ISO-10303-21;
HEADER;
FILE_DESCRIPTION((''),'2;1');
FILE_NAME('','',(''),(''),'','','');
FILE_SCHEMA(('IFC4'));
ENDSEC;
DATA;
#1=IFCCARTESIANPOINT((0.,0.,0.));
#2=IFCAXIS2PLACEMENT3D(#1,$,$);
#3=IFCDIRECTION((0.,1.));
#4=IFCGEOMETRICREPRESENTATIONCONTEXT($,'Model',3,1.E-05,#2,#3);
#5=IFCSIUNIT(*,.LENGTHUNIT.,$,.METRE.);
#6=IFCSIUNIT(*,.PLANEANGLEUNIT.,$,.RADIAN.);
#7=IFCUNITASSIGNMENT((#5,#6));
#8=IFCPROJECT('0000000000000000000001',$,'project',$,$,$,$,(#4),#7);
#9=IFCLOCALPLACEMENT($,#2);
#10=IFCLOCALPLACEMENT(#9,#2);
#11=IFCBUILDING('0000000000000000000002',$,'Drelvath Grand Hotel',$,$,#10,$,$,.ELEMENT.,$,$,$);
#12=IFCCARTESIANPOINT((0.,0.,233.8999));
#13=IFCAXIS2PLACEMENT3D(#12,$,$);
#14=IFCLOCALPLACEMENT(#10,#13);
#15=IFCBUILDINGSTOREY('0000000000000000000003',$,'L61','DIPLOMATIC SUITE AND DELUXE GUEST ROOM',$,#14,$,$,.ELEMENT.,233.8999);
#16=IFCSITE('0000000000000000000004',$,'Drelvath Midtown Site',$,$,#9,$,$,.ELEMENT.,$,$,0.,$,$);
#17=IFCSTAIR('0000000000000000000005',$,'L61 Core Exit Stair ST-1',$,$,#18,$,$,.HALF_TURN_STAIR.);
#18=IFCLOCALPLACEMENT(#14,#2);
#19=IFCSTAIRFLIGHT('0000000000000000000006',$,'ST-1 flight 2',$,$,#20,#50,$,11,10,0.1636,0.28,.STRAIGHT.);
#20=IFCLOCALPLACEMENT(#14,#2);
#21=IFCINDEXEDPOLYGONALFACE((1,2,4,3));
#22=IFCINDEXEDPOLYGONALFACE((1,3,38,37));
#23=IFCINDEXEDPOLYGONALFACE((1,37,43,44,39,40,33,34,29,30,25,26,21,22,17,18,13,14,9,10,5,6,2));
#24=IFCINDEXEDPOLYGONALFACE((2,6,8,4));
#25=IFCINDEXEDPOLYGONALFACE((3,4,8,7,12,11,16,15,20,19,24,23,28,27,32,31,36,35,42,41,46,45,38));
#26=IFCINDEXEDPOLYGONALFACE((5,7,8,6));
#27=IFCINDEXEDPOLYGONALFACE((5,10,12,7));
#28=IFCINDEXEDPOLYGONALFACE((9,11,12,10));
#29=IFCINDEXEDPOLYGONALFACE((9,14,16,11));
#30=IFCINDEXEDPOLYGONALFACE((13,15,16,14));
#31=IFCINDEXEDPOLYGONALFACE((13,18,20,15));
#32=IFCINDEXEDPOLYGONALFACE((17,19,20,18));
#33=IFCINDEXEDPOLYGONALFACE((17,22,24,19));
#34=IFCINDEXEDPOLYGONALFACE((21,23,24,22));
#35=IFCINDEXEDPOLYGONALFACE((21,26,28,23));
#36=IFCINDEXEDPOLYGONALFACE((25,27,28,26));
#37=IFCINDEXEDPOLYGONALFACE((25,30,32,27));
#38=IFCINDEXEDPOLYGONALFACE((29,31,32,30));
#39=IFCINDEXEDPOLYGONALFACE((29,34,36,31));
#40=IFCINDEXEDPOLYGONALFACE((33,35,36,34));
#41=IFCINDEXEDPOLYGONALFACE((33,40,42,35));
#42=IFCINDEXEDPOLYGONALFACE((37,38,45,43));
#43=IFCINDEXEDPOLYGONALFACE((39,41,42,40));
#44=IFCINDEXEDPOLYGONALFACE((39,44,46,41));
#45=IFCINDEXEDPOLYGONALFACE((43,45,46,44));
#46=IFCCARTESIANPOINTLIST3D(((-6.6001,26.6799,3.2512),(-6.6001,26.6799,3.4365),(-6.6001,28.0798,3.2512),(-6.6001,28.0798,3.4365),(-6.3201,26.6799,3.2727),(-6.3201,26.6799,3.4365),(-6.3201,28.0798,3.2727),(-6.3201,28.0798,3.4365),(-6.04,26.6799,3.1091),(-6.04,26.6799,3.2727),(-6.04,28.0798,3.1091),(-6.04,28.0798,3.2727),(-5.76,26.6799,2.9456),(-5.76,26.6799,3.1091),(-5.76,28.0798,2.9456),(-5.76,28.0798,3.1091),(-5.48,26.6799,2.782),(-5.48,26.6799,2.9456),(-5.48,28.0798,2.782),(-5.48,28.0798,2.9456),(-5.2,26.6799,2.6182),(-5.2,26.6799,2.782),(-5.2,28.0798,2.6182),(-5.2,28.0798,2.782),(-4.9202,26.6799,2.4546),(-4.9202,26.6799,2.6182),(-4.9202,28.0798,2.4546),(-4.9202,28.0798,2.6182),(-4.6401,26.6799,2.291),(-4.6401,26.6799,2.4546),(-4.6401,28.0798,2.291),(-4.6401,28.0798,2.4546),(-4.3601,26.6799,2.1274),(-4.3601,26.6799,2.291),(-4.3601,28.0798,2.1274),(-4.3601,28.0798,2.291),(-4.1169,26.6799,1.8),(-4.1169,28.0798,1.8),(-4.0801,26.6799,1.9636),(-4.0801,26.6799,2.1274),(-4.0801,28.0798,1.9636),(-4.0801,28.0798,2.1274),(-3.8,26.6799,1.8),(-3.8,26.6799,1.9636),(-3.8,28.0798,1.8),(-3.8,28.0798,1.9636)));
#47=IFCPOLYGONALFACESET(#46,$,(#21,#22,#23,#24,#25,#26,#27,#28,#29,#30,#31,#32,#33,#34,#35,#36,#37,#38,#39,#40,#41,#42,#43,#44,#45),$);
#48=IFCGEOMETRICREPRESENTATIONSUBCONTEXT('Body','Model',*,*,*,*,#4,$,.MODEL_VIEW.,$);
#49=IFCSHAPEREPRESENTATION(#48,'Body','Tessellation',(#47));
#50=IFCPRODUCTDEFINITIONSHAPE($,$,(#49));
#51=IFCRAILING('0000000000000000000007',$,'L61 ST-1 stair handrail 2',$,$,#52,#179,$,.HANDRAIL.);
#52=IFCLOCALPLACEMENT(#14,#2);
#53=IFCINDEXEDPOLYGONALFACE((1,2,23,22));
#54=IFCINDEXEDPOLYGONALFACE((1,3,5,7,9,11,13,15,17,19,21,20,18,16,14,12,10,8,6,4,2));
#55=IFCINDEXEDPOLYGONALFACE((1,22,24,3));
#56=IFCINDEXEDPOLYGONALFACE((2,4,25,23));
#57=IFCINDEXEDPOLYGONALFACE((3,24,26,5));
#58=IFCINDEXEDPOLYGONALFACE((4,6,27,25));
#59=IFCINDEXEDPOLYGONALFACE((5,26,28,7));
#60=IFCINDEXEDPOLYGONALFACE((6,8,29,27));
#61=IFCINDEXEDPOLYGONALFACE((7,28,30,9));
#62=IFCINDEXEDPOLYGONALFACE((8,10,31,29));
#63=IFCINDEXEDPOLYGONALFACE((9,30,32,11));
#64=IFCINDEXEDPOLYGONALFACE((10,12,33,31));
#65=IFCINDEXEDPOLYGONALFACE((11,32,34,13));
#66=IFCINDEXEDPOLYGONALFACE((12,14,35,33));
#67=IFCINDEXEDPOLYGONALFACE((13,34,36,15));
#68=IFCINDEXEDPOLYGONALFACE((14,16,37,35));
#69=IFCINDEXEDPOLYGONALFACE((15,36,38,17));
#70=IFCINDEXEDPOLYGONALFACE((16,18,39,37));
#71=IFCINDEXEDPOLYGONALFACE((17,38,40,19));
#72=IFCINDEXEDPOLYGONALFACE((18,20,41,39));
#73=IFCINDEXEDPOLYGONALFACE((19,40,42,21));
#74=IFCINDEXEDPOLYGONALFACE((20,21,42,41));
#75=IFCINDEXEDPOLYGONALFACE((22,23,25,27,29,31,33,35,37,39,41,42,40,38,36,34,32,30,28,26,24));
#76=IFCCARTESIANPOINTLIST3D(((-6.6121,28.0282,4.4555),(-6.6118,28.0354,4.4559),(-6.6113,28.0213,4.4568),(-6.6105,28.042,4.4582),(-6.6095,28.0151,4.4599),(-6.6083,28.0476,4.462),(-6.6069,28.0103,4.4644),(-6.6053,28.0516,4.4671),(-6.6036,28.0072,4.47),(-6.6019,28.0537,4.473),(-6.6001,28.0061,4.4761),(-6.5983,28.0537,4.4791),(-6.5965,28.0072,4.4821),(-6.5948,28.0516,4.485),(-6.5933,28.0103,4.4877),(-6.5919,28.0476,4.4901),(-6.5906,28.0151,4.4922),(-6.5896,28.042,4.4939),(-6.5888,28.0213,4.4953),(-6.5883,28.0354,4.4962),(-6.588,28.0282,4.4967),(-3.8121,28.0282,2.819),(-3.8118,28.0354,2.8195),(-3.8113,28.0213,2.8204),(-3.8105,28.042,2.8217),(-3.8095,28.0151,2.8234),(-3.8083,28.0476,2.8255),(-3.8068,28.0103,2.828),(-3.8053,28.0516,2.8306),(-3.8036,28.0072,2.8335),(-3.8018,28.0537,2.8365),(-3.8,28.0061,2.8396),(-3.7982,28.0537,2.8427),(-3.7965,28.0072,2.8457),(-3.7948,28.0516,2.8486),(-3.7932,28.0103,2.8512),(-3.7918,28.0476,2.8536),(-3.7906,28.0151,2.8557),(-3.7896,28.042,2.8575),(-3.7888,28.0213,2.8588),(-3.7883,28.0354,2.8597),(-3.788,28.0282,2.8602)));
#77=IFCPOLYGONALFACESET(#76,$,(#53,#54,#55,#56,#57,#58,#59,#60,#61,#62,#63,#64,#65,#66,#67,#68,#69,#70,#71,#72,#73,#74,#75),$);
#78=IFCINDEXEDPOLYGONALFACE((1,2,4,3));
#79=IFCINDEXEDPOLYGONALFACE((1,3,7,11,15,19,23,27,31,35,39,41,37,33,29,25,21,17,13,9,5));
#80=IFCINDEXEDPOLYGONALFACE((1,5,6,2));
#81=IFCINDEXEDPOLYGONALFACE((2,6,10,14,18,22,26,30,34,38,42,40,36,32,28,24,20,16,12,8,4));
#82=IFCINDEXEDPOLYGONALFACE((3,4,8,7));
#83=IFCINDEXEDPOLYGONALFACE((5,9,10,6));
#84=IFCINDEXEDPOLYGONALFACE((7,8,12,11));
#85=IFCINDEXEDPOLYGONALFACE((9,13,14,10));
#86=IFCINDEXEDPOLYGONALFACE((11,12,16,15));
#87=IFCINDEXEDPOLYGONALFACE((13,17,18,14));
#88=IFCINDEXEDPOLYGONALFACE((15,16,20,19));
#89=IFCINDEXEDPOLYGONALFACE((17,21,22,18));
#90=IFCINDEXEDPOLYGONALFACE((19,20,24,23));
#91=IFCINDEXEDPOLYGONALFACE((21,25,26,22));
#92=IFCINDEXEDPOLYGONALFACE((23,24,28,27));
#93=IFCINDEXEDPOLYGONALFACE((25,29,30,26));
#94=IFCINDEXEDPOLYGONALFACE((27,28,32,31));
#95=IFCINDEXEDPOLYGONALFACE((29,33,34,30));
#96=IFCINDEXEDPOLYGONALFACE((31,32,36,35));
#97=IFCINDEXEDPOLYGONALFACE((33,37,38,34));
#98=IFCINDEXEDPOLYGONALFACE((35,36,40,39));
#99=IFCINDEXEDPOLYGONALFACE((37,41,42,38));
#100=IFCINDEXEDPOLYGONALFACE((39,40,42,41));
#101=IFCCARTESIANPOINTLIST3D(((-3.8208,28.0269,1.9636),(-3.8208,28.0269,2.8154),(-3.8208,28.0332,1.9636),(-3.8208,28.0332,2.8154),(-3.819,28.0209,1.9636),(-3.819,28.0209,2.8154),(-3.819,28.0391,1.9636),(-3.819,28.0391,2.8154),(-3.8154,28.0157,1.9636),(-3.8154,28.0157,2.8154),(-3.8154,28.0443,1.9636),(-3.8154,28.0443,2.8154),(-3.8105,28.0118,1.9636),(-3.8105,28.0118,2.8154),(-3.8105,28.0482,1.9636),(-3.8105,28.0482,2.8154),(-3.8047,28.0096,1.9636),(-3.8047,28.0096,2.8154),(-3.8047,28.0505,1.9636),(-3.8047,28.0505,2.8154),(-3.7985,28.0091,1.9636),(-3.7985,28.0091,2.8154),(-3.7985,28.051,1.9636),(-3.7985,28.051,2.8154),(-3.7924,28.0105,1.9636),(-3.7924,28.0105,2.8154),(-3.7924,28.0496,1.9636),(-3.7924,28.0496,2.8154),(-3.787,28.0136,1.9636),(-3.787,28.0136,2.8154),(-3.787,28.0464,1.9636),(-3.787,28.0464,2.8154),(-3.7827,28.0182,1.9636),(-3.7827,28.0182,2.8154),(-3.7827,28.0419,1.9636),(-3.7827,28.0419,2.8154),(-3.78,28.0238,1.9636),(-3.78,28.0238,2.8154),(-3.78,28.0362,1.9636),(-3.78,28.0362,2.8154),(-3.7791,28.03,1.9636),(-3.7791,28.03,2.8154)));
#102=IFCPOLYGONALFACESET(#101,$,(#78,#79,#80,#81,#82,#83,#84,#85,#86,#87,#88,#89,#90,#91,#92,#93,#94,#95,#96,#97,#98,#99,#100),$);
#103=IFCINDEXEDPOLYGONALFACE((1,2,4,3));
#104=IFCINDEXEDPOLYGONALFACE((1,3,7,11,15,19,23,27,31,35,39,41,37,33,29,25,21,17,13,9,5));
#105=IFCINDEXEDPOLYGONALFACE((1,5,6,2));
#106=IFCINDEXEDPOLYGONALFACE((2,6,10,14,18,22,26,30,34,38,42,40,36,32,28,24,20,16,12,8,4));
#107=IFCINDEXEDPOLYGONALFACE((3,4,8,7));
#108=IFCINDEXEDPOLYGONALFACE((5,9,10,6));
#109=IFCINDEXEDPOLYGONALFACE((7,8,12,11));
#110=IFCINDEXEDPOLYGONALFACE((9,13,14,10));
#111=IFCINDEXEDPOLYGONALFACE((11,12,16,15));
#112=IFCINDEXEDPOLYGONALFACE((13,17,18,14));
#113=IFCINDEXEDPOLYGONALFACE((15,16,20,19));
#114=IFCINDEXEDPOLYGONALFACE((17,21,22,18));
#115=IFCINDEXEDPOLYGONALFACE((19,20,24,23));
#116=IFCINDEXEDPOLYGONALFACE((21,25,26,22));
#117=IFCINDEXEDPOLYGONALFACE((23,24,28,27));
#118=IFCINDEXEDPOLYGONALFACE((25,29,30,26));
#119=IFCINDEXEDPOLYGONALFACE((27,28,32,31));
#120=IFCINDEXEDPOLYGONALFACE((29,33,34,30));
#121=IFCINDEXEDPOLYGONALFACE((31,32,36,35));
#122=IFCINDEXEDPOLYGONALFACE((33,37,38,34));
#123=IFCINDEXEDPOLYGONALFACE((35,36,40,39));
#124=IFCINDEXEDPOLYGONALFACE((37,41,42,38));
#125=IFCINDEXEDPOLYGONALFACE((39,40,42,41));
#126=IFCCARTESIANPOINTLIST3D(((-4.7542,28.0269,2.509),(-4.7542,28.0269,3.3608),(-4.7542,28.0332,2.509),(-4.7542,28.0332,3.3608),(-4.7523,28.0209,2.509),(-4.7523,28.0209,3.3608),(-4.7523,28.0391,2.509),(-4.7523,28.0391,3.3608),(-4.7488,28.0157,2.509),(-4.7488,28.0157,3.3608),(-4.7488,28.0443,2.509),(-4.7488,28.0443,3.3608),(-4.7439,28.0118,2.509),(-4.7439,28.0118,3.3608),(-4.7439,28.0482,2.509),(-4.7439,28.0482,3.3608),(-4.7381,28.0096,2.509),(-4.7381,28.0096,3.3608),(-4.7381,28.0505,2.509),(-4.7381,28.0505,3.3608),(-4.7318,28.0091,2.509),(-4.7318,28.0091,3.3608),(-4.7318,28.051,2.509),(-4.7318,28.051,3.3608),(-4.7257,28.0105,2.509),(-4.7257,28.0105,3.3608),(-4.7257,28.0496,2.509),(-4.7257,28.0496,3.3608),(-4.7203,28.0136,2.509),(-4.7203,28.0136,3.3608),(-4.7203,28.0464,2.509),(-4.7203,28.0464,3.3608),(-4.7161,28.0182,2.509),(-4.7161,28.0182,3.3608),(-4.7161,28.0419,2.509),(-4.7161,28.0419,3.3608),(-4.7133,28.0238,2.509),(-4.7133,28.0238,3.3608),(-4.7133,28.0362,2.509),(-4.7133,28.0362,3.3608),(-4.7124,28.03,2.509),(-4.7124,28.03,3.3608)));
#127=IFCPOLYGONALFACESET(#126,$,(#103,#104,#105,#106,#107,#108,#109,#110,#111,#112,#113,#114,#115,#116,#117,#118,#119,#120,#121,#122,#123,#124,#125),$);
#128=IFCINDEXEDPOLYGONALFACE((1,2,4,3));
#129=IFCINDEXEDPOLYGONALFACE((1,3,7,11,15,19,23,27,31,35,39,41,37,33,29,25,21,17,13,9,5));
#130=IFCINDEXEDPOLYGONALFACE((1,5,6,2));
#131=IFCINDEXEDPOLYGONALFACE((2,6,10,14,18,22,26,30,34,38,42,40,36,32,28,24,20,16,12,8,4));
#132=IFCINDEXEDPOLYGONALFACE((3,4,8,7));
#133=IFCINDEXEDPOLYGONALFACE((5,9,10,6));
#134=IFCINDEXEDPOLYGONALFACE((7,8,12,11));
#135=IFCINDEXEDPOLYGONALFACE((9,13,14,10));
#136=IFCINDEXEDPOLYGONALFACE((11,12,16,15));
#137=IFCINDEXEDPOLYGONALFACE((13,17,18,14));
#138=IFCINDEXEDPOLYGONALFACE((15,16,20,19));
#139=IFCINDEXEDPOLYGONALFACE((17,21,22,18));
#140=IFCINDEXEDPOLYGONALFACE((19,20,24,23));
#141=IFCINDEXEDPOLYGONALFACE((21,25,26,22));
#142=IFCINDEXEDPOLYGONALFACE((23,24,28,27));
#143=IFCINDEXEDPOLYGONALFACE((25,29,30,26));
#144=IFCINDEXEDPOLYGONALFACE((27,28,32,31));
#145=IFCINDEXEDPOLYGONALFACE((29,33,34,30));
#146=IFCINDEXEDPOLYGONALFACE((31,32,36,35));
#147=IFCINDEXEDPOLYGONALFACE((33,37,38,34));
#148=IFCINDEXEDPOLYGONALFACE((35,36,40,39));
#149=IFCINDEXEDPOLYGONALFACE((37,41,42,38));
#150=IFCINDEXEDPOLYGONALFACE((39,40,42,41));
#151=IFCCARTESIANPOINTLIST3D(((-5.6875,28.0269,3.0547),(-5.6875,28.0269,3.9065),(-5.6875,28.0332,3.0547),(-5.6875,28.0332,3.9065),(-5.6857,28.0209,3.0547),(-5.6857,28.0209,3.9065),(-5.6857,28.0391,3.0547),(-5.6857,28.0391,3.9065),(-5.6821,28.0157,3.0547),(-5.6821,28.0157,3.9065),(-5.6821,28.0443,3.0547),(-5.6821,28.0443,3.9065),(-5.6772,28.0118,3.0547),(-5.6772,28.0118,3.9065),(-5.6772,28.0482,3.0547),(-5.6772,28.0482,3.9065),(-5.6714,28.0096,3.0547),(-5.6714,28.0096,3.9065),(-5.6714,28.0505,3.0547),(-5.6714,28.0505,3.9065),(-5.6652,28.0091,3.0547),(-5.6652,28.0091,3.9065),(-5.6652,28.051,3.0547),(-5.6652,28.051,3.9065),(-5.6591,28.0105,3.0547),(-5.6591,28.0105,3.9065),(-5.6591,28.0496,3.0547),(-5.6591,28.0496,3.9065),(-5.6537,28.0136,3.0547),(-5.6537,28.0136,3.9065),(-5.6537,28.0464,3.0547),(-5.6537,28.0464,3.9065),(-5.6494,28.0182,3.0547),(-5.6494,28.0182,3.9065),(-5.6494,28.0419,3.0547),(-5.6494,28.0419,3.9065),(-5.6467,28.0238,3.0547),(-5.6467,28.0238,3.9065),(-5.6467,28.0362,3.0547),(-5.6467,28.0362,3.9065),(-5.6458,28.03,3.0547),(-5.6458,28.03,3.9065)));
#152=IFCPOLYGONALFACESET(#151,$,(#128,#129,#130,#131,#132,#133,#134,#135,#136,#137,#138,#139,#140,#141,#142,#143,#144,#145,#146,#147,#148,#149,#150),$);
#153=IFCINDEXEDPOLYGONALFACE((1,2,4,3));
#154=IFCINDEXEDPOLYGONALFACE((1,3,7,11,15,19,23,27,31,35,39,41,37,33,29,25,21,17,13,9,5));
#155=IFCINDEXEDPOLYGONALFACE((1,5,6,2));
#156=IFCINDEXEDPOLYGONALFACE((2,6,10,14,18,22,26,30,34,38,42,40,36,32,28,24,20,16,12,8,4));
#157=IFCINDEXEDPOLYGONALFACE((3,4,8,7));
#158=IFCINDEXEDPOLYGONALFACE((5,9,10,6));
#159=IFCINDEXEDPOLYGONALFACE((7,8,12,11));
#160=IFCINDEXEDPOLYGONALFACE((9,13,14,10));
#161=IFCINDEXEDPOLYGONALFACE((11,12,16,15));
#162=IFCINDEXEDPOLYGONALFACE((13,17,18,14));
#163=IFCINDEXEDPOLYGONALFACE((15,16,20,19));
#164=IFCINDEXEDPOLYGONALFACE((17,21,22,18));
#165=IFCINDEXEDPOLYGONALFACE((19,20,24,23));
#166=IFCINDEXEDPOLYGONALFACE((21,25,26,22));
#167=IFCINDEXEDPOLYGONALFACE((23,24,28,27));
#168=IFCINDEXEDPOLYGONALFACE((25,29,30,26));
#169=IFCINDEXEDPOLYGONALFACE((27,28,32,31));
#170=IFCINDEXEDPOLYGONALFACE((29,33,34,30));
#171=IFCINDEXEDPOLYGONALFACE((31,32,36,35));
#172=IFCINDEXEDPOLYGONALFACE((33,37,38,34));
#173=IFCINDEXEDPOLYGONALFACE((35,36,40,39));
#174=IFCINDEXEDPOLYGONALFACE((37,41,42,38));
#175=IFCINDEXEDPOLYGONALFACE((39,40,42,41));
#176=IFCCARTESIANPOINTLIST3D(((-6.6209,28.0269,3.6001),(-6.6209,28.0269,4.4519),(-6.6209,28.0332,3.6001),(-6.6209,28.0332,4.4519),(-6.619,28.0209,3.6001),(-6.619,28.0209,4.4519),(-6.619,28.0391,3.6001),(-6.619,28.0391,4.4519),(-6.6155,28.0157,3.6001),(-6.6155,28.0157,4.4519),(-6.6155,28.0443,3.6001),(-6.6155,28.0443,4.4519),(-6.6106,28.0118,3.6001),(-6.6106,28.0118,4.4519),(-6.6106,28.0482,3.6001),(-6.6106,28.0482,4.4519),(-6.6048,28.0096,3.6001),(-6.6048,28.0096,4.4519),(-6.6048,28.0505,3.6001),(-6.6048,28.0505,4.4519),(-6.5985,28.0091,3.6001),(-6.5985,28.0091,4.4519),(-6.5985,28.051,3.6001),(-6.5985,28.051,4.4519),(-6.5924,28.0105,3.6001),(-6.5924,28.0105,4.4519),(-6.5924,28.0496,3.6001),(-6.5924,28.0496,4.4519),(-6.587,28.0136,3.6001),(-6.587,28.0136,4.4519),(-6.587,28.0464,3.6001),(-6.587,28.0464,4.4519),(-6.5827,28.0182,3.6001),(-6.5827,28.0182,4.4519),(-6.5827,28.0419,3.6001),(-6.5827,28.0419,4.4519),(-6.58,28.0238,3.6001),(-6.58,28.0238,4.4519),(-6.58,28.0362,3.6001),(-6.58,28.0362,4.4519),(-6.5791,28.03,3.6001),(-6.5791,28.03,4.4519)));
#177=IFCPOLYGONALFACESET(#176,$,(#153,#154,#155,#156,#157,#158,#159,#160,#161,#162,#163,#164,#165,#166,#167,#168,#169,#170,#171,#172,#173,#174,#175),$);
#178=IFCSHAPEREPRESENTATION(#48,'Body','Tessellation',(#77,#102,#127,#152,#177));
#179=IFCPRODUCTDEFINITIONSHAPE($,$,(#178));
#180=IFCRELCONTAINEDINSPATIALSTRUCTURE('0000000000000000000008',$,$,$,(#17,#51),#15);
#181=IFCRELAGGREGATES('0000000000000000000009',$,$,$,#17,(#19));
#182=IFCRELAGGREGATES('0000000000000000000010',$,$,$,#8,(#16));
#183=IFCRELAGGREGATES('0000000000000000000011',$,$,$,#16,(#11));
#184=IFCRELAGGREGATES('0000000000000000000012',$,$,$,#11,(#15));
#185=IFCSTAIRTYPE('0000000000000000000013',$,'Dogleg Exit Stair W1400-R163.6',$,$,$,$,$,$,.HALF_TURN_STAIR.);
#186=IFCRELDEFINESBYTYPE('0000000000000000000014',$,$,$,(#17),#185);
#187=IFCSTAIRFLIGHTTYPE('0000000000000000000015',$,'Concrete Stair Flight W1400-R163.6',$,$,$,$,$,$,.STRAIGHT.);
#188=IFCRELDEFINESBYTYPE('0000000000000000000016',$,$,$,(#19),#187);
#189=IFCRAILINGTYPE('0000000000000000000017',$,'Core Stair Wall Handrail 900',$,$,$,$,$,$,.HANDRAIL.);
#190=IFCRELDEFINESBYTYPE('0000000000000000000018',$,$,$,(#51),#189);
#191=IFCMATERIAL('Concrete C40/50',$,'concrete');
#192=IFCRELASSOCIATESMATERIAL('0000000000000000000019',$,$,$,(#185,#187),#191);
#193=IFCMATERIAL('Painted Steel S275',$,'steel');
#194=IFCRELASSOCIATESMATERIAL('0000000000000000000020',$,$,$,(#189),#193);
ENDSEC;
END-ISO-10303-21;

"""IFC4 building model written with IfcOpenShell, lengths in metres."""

from ifc_helpers import new_model, si_unit, direction, frame, origin, origin_2d, place, context, subcontext, project, spatial, polyline, circle, outline, extrude, material, type_object, element, aggregate, save


model = new_model("IFC4")

# Units and contexts
model_context = context("Model", 3, precision=1e-05, world=origin(), true_north=direction((0.0, 1.0)))
body_context = subcontext(model_context, "Body", "Model", "MODEL_VIEW")
ifc_project = project(units=[si_unit("LENGTHUNIT", "METRE"), si_unit("PLANEANGLEUNIT", "RADIAN")], contexts=[model_context])

# Site, building, storey
site_placement = place(None, origin())
site = spatial("IfcSite", under=ifc_project, at=site_placement, Name="Drelvath Midtown Site", CompositionType="ELEMENT", RefElevation=0.0)
building_placement = place(site_placement, origin())
building = spatial("IfcBuilding", under=site, at=building_placement, Name="Drelvath Grand Hotel", CompositionType="ELEMENT")
storey_placement = place(building_placement, frame((0.0, 0.0, 233.8999)))
storey = spatial("IfcBuildingStorey", under=building, at=storey_placement, Name="L61", Description="DIPLOMATIC SUITE AND DELUXE GUEST ROOM", CompositionType="ELEMENT", Elevation=233.8999)

# Shared definitions
ifc_material_1 = material(Name="Painted Steel S275", Category="steel")

# Shared definitions
ifc_material_2 = material(Name="Concrete C40/50", Category="concrete")

# Stair, stair flight
stair_type = type_object("IfcStairType", Name="Dogleg Exit Stair W1400-R163.6", PredefinedType="HALF_TURN_STAIR", material=ifc_material_2)
stair_placement = place(storey_placement, origin())
stair = element("IfcStair", 1, at=stair_placement, inside=storey, type_object=stair_type, Name="L61 Core Exit Stair ST-1", PredefinedType="HALF_TURN_STAIR")
stair_flight_type = type_object("IfcStairFlightType", Name="Concrete Stair Flight W1400-R163.6", PredefinedType="STRAIGHT", material=ifc_material_2)
stair_flight_placement = place(storey_placement, frame((-3.8, 27.3799, 1.8), z_axis=(0.0, 0.0, 1.0), x_axis=(-1.0, 0.0, 0.0)))
stair_flight = element("IfcStairFlight", 2, at=stair_flight_placement, type_object=stair_flight_type, Name="ST-1 flight 2", NumberOfRisers=11, NumberOfTreads=10, PredefinedType="STRAIGHT", RiserHeight=0.1636, TreadLength=0.28, context=body_context, shape_type="SweptSolid", body=[
    extrude(outline(polyline([(0.0, 0.0), (0.0, 0.1636), (0.28, 0.1636), (0.28, 0.3274), (0.5601, 0.3274), (0.5601, 0.491), (0.8401, 0.491), (0.8401, 0.6545), (1.1201, 0.6545), (1.1201, 0.8181), (1.3999, 0.8181), (1.3999, 0.9819), (1.6799, 0.9819), (1.6799, 1.1455), (1.96, 1.1455), (1.96, 1.3091), (2.24, 1.3091), (2.24, 1.4727), (2.52, 1.4727), (2.52, 1.6365), (2.8, 1.6365), (2.8, 1.8), (2.8, 1.4512), (0.3169, 0.0), (0.0, 0.0)])), frame((0.0, 0.7, 0.0), z_axis=(0.0, -1.0, 0.0), x_axis=(1.0, 0.0, 0.0)), (0.0, 0.0, 1.0), 1.3999),
])
aggregate(stair, [stair_flight])

# Railing
railing_type = type_object("IfcRailingType", Name="Core Stair Wall Handrail 900", PredefinedType="HANDRAIL", material=ifc_material_1)
railing_placement = place(storey_placement, frame((-3.8, 28.03, 1.9636)))
element("IfcRailing", 3, at=railing_placement, inside=storey, type_object=railing_type, Name="L61 ST-1 stair handrail 2", PredefinedType="HANDRAIL", context=body_context, shape_type="SweptSolid", body=[
    extrude(circle(Radius=0.0239, at=origin_2d()), frame((0.0, 0.0, 0.876), z_axis=(-0.863361, 0.0, 0.504587), x_axis=(0.0, -1.0, 0.0)), (0.0, 0.0, 1.0), 3.2432),
    extrude(circle(Radius=0.021, at=origin_2d()), origin(), (0.0, 0.0, 1.0), 0.8518),
    extrude(circle(Radius=0.021, at=origin_2d()), frame((-0.9333, 0.0, 0.5454)), (0.0, 0.0, 1.0), 0.8518),
    extrude(circle(Radius=0.021, at=origin_2d()), frame((-1.8667, 0.0, 1.0911)), (0.0, 0.0, 1.0), 0.8518),
    extrude(circle(Radius=0.021, at=origin_2d()), frame((-2.8, 0.0, 1.6365)), (0.0, 0.0, 1.0), 0.8518),
])

save(model, "model.ifc")
